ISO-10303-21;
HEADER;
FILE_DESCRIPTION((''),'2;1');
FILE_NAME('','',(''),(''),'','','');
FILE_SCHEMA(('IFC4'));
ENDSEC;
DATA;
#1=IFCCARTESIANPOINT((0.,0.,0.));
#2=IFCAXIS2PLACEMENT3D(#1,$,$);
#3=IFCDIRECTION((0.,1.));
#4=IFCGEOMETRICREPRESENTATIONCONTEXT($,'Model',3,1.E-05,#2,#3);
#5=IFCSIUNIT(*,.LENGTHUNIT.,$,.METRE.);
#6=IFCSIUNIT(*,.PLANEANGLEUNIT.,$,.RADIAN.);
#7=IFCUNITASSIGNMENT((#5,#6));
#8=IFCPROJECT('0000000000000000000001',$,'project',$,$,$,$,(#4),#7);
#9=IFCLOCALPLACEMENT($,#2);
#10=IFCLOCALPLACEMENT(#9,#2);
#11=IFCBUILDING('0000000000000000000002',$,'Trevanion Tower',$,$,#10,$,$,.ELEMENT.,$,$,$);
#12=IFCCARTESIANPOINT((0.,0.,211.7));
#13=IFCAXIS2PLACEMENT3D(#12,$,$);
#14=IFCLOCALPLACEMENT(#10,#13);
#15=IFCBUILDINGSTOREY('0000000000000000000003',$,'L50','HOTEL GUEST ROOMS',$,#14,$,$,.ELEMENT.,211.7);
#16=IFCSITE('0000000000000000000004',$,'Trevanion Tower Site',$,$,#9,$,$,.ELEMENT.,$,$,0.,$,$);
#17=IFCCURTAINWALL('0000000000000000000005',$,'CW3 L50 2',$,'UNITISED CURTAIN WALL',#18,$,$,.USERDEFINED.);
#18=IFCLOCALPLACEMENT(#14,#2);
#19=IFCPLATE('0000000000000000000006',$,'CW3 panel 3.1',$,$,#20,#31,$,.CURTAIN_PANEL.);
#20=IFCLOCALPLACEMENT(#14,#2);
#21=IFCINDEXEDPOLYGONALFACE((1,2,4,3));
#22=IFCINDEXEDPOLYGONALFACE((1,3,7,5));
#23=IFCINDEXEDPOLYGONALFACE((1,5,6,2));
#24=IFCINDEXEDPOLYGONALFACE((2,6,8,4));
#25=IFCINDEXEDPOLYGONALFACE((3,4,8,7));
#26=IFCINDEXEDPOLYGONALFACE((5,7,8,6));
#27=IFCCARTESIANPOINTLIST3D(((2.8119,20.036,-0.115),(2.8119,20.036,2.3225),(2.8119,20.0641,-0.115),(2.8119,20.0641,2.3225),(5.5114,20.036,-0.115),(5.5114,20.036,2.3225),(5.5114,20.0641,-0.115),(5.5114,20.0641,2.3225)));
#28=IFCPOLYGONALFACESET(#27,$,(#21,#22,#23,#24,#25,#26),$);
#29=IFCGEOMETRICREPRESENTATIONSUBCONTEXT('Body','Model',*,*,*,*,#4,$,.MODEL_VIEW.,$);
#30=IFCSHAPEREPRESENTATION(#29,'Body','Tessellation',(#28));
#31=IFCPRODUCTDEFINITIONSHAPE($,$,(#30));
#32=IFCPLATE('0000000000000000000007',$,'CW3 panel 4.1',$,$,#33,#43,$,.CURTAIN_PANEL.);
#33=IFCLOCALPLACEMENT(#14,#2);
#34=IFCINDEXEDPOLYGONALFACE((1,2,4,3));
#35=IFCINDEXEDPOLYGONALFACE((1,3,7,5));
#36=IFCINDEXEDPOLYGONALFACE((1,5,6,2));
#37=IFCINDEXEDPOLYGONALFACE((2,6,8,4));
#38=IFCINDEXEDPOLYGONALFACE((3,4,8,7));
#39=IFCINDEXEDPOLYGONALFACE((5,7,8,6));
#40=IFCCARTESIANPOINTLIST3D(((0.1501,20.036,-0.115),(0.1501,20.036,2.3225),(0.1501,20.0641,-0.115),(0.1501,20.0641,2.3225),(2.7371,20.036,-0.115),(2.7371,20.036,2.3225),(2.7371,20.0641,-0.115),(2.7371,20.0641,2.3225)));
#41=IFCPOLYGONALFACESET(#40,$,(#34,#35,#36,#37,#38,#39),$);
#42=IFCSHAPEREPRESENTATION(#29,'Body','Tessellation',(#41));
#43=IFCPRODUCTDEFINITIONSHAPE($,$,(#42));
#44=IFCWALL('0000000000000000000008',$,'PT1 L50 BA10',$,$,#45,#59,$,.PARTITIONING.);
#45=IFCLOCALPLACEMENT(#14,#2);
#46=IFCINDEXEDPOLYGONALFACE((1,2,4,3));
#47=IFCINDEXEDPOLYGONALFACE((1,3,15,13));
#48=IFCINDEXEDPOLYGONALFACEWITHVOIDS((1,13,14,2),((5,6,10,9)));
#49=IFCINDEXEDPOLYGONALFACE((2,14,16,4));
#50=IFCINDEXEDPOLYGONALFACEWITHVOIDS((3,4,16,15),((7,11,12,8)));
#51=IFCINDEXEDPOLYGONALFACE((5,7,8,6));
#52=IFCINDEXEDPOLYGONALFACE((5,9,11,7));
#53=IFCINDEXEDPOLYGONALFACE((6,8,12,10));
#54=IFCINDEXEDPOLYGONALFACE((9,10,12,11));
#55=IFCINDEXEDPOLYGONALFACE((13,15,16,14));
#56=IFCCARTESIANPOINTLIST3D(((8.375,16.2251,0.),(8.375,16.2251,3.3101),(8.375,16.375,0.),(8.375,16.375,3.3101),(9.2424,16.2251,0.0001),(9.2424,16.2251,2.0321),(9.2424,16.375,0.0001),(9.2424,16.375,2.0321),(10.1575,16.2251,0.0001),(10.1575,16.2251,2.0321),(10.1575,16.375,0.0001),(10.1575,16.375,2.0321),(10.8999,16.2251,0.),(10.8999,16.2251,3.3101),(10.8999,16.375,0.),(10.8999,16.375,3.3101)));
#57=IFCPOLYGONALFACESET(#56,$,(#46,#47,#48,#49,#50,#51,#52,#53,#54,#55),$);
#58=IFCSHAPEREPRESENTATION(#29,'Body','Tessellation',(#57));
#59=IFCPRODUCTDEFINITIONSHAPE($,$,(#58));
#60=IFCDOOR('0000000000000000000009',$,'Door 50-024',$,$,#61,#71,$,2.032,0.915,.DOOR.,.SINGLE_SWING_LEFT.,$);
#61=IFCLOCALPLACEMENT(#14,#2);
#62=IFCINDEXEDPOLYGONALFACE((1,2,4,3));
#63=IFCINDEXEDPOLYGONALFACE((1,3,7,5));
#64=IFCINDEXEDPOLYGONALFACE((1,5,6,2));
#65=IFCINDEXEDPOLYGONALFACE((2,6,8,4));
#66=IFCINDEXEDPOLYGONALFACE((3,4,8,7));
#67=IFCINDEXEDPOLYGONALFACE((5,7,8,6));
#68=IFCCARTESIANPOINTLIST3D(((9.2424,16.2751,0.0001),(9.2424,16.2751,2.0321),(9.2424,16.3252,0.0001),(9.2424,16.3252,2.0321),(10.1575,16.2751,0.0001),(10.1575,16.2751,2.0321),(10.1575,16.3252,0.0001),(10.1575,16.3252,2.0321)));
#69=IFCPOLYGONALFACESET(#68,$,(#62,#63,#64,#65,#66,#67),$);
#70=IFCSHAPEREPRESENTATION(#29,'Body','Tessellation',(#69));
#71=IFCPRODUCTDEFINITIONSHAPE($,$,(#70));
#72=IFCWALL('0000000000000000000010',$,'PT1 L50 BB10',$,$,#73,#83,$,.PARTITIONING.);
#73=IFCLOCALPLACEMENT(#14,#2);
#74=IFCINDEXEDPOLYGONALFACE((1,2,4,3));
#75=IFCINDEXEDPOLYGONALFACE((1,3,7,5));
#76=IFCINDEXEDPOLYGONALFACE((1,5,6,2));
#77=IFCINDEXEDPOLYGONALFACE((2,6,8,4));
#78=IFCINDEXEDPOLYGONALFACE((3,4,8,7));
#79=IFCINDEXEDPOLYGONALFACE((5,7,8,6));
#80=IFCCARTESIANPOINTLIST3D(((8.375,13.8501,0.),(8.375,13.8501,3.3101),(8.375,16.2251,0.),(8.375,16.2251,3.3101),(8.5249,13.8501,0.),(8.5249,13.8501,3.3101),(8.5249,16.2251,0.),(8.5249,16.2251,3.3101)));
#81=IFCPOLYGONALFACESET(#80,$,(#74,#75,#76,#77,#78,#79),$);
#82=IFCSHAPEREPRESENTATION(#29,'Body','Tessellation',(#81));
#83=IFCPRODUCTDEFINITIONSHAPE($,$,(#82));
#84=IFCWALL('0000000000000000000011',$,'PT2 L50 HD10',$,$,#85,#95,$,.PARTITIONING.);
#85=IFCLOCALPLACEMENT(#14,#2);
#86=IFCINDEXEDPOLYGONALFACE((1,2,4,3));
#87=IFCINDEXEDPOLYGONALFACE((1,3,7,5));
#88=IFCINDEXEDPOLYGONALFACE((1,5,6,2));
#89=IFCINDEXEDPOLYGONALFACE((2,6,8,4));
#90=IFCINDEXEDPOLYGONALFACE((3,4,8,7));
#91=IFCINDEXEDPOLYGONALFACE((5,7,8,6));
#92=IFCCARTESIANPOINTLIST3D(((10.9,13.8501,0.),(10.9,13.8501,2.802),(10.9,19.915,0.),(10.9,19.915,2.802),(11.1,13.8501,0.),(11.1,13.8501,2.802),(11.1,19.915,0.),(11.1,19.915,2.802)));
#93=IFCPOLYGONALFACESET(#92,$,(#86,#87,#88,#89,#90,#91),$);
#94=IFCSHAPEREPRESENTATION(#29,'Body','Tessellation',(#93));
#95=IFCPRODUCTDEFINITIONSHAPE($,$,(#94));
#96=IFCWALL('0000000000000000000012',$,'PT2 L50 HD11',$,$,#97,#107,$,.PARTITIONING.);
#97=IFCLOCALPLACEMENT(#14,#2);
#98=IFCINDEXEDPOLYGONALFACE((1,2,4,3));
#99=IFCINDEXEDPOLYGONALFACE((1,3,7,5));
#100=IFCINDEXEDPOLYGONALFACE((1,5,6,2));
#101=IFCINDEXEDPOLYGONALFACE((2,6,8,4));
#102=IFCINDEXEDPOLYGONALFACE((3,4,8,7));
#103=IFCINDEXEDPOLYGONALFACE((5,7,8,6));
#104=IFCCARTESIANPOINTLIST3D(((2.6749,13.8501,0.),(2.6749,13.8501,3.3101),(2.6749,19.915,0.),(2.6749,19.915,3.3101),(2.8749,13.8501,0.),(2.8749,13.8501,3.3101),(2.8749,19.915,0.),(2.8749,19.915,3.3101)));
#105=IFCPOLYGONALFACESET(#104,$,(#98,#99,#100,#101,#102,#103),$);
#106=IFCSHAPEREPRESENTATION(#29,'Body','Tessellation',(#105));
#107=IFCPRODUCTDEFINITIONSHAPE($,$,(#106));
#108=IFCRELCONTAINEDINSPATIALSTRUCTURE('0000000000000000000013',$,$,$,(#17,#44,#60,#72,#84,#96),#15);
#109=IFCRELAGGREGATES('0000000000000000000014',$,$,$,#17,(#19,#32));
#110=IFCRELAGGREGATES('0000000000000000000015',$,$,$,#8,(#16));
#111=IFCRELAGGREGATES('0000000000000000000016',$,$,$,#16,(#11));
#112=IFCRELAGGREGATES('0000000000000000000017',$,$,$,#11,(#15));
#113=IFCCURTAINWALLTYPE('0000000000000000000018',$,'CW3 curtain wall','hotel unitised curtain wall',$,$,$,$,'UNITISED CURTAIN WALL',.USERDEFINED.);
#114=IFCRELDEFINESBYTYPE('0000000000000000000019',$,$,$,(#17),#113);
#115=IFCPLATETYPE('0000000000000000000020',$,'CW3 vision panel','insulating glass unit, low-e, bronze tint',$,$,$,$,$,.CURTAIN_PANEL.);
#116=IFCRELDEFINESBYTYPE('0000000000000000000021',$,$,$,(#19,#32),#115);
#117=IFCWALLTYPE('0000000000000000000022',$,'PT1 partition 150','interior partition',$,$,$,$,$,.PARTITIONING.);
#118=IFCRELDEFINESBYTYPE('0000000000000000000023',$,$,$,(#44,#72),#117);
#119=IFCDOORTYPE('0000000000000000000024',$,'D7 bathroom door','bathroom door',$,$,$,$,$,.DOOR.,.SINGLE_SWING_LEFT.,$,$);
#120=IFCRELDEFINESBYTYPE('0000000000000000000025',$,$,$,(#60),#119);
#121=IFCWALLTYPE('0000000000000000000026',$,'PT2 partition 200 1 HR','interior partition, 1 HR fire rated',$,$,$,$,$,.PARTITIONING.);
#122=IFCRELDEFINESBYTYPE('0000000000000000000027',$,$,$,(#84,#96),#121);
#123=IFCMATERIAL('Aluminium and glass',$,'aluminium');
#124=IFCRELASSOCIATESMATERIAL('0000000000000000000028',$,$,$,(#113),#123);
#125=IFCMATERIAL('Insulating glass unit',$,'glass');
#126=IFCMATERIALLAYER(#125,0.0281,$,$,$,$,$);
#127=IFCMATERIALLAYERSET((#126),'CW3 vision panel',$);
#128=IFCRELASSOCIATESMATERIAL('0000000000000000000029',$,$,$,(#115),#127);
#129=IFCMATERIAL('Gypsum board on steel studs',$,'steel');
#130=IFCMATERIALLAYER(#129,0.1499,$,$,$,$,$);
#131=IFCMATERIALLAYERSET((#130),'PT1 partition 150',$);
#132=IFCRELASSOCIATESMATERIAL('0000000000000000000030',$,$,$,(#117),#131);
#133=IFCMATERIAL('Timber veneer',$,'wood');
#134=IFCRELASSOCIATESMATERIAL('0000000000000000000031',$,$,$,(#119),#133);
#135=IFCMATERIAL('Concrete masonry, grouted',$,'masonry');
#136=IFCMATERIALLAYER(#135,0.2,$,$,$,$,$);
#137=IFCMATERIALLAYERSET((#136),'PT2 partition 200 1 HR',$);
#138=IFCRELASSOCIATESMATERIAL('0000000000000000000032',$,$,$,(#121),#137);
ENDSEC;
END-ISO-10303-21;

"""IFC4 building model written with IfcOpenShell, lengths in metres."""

from ifc_helpers import new_model, si_unit, direction, frame, frame_2d, origin, origin_2d, place, context, subcontext, project, spatial, rectangle, extrude, material, layer, layer_set, type_object, element, fill, aggregate, save


model = new_model("IFC4")

# Units and contexts
model_context = context("Model", 3, precision=1e-05, world=origin(), true_north=direction((0.0, 1.0)))
body_context = subcontext(model_context, "Body", "Model", "MODEL_VIEW")
ifc_project = project(units=[si_unit("LENGTHUNIT", "METRE"), si_unit("PLANEANGLEUNIT", "RADIAN")], contexts=[model_context])

# Site, building, storey
site_placement = place(None, origin())
site = spatial("IfcSite", under=ifc_project, at=site_placement, Name="Trevanion Tower Site", CompositionType="ELEMENT", RefElevation=0.0)
building_placement = place(site_placement, origin())
building = spatial("IfcBuilding", under=site, at=building_placement, Name="Trevanion Tower", CompositionType="ELEMENT")
storey_placement = place(building_placement, frame((0.0, 0.0, 211.7)))
storey = spatial("IfcBuildingStorey", under=building, at=storey_placement, Name="L50", Description="HOTEL GUEST ROOMS", CompositionType="ELEMENT", Elevation=211.7)

# Curtain wall
ifc_material_1 = material(Name="Aluminium and glass", Category="aluminium")
curtain_wall_type = type_object("IfcCurtainWallType", Name="CW3 curtain wall", Description="hotel unitised curtain wall", ElementType="UNITISED CURTAIN WALL", PredefinedType="USERDEFINED", material=ifc_material_1)
curtain_wall_1_placement = place(storey_placement, origin())
curtain_wall_1 = element("IfcCurtainWall", 1, at=curtain_wall_1_placement, inside=storey, type_object=curtain_wall_type, Name="CW3 L50 2", ObjectType="UNITISED CURTAIN WALL", PredefinedType="USERDEFINED")

# Plates
ifc_material_2 = material(Name="Insulating glass unit", Category="glass")
ifc_layer_1 = layer(ifc_material_2, 0.0281)
ifc_layer_set_1 = layer_set([ifc_layer_1], Name="CW3 vision panel")
plate_type_1 = type_object("IfcPlateType", Name="CW3 vision panel", Description="insulating glass unit, low-e, bronze tint", PredefinedType="CURTAIN_PANEL", material=ifc_layer_set_1)
plate_1_placement = place(storey_placement, frame((4.1616, 20.05, -0.115), z_axis=(0.0, 0.0, 1.0), x_axis=(-1.0, 0.0, 0.0)))
plate_1 = element("IfcPlate", 2, at=plate_1_placement, type_object=plate_type_1, Name="CW3 panel 3.1", PredefinedType="CURTAIN_PANEL", context=body_context, shape_type="SweptSolid", body=[
    extrude(rectangle(XDim=2.6995, YDim=0.0281, at=origin_2d()), origin(), (0.0, 0.0, 1.0), 2.4375),
])
plate_2_placement = place(storey_placement, frame((1.4436, 20.05, -0.115), z_axis=(0.0, 0.0, 1.0), x_axis=(-1.0, 0.0, 0.0)))
plate_2 = element("IfcPlate", 3, at=plate_2_placement, type_object=plate_type_1, Name="CW3 panel 4.1", PredefinedType="CURTAIN_PANEL", context=body_context, shape_type="SweptSolid", body=[
    extrude(rectangle(XDim=2.5869, YDim=0.0281, at=origin_2d()), origin(), (0.0, 0.0, 1.0), 2.4375),
])
aggregate(curtain_wall_1, [plate_1, plate_2])

# Wall, opening, door
ifc_material_3 = material(Name="Gypsum board on steel studs", Category="steel")
ifc_layer_2 = layer(ifc_material_3, 0.1499)
ifc_layer_set_2 = layer_set([ifc_layer_2], Name="PT1 partition 150")
wall_type_1 = type_object("IfcWallType", Name="PT1 partition 150", Description="interior partition", PredefinedType="PARTITIONING", material=ifc_layer_set_2)
wall_1_placement = place(storey_placement, frame((10.8999, 16.3, 0.0), z_axis=(0.0, 0.0, 1.0), x_axis=(-1.0, 0.0, 0.0)))
wall_1 = element("IfcWall", 4, at=wall_1_placement, inside=storey, type_object=wall_type_1, Name="PT1 L50 BA10", PredefinedType="PARTITIONING", context=body_context, shape_type="SweptSolid", body=[
    extrude(rectangle(XDim=2.5249, YDim=0.1499, at=frame_2d((1.2625, 0.0))), origin(), (0.0, 0.0, 1.0), 3.3101),
])
opening_placement = place(wall_1_placement, frame((0.7424, 0.0, 0.0)))
opening = element("IfcOpeningElement", 5, at=opening_placement, cuts=wall_1, PredefinedType="OPENING", context=body_context, shape_type="SweptSolid", body=[
    extrude(rectangle(XDim=0.915, YDim=2.032, at=frame_2d((0.4575, 1.0161))), frame((0.0, 0.085, 0.0), z_axis=(0.0, -1.0, 0.0), x_axis=(1.0, 0.0, 0.0)), (0.0, 0.0, 1.0), 0.1699),
])
ifc_material_4 = material(Name="Timber veneer", Category="wood")
door_type = type_object("IfcDoorType", Name="D7 bathroom door", Description="bathroom door", OperationType="SINGLE_SWING_LEFT", PredefinedType="DOOR", material=ifc_material_4)
door_placement = place(opening_placement, origin())
door = element("IfcDoor", 6, at=door_placement, inside=storey, type_object=door_type, Name="Door 50-024", OperationType="SINGLE_SWING_LEFT", OverallHeight=2.032, OverallWidth=0.915, PredefinedType="DOOR", context=body_context, shape_type="SweptSolid", body=[
    extrude(rectangle(XDim=0.915, YDim=2.032, at=frame_2d((0.4575, 1.0161))), frame((0.0, 0.0249, 0.0), z_axis=(0.0, -1.0, 0.0), x_axis=(1.0, 0.0, 0.0)), (0.0, 0.0, 1.0), 0.05),
])
fill(opening, door)

# Walls
wall_2_placement = place(storey_placement, frame((8.45, 13.8501, 0.0), z_axis=(0.0, 0.0, 1.0), x_axis=(0.0, 1.0, 0.0)))
element("IfcWall", 7, at=wall_2_placement, inside=storey, type_object=wall_type_1, Name="PT1 L50 BB10", PredefinedType="PARTITIONING", context=body_context, shape_type="SweptSolid", body=[
    extrude(rectangle(XDim=2.375, YDim=0.1499, at=frame_2d((1.1875, 0.0))), origin(), (0.0, 0.0, 1.0), 3.3101),
])
ifc_material_5 = material(Name="Concrete masonry, grouted", Category="masonry")
ifc_layer_3 = layer(ifc_material_5, 0.2)
ifc_layer_set_3 = layer_set([ifc_layer_3], Name="PT2 partition 200 1 HR")
wall_type_2 = type_object("IfcWallType", Name="PT2 partition 200 1 HR", Description="interior partition, 1 HR fire rated", PredefinedType="PARTITIONING", material=ifc_layer_set_3)
wall_3_placement = place(storey_placement, frame((11.0, 13.8501, 0.0), z_axis=(0.0, 0.0, 1.0), x_axis=(0.0, 1.0, 0.0)))
element("IfcWall", 8, at=wall_3_placement, inside=storey, type_object=wall_type_2, Name="PT2 L50 HD10", PredefinedType="PARTITIONING", context=body_context, shape_type="SweptSolid", body=[
    extrude(rectangle(XDim=6.0649, YDim=0.2, at=frame_2d((3.0325, 0.0))), origin(), (0.0, 0.0, 1.0), 2.802),
])
wall_4_placement = place(storey_placement, frame((2.7749, 13.8501, 0.0), z_axis=(0.0, 0.0, 1.0), x_axis=(0.0, 1.0, 0.0)))
element("IfcWall", 9, at=wall_4_placement, inside=storey, type_object=wall_type_2, Name="PT2 L50 HD11", PredefinedType="PARTITIONING", context=body_context, shape_type="SweptSolid", body=[
    extrude(rectangle(XDim=6.0649, YDim=0.2, at=frame_2d((3.0325, 0.0))), origin(), (0.0, 0.0, 1.0), 3.3101),
])

save(model, "model.ifc")
